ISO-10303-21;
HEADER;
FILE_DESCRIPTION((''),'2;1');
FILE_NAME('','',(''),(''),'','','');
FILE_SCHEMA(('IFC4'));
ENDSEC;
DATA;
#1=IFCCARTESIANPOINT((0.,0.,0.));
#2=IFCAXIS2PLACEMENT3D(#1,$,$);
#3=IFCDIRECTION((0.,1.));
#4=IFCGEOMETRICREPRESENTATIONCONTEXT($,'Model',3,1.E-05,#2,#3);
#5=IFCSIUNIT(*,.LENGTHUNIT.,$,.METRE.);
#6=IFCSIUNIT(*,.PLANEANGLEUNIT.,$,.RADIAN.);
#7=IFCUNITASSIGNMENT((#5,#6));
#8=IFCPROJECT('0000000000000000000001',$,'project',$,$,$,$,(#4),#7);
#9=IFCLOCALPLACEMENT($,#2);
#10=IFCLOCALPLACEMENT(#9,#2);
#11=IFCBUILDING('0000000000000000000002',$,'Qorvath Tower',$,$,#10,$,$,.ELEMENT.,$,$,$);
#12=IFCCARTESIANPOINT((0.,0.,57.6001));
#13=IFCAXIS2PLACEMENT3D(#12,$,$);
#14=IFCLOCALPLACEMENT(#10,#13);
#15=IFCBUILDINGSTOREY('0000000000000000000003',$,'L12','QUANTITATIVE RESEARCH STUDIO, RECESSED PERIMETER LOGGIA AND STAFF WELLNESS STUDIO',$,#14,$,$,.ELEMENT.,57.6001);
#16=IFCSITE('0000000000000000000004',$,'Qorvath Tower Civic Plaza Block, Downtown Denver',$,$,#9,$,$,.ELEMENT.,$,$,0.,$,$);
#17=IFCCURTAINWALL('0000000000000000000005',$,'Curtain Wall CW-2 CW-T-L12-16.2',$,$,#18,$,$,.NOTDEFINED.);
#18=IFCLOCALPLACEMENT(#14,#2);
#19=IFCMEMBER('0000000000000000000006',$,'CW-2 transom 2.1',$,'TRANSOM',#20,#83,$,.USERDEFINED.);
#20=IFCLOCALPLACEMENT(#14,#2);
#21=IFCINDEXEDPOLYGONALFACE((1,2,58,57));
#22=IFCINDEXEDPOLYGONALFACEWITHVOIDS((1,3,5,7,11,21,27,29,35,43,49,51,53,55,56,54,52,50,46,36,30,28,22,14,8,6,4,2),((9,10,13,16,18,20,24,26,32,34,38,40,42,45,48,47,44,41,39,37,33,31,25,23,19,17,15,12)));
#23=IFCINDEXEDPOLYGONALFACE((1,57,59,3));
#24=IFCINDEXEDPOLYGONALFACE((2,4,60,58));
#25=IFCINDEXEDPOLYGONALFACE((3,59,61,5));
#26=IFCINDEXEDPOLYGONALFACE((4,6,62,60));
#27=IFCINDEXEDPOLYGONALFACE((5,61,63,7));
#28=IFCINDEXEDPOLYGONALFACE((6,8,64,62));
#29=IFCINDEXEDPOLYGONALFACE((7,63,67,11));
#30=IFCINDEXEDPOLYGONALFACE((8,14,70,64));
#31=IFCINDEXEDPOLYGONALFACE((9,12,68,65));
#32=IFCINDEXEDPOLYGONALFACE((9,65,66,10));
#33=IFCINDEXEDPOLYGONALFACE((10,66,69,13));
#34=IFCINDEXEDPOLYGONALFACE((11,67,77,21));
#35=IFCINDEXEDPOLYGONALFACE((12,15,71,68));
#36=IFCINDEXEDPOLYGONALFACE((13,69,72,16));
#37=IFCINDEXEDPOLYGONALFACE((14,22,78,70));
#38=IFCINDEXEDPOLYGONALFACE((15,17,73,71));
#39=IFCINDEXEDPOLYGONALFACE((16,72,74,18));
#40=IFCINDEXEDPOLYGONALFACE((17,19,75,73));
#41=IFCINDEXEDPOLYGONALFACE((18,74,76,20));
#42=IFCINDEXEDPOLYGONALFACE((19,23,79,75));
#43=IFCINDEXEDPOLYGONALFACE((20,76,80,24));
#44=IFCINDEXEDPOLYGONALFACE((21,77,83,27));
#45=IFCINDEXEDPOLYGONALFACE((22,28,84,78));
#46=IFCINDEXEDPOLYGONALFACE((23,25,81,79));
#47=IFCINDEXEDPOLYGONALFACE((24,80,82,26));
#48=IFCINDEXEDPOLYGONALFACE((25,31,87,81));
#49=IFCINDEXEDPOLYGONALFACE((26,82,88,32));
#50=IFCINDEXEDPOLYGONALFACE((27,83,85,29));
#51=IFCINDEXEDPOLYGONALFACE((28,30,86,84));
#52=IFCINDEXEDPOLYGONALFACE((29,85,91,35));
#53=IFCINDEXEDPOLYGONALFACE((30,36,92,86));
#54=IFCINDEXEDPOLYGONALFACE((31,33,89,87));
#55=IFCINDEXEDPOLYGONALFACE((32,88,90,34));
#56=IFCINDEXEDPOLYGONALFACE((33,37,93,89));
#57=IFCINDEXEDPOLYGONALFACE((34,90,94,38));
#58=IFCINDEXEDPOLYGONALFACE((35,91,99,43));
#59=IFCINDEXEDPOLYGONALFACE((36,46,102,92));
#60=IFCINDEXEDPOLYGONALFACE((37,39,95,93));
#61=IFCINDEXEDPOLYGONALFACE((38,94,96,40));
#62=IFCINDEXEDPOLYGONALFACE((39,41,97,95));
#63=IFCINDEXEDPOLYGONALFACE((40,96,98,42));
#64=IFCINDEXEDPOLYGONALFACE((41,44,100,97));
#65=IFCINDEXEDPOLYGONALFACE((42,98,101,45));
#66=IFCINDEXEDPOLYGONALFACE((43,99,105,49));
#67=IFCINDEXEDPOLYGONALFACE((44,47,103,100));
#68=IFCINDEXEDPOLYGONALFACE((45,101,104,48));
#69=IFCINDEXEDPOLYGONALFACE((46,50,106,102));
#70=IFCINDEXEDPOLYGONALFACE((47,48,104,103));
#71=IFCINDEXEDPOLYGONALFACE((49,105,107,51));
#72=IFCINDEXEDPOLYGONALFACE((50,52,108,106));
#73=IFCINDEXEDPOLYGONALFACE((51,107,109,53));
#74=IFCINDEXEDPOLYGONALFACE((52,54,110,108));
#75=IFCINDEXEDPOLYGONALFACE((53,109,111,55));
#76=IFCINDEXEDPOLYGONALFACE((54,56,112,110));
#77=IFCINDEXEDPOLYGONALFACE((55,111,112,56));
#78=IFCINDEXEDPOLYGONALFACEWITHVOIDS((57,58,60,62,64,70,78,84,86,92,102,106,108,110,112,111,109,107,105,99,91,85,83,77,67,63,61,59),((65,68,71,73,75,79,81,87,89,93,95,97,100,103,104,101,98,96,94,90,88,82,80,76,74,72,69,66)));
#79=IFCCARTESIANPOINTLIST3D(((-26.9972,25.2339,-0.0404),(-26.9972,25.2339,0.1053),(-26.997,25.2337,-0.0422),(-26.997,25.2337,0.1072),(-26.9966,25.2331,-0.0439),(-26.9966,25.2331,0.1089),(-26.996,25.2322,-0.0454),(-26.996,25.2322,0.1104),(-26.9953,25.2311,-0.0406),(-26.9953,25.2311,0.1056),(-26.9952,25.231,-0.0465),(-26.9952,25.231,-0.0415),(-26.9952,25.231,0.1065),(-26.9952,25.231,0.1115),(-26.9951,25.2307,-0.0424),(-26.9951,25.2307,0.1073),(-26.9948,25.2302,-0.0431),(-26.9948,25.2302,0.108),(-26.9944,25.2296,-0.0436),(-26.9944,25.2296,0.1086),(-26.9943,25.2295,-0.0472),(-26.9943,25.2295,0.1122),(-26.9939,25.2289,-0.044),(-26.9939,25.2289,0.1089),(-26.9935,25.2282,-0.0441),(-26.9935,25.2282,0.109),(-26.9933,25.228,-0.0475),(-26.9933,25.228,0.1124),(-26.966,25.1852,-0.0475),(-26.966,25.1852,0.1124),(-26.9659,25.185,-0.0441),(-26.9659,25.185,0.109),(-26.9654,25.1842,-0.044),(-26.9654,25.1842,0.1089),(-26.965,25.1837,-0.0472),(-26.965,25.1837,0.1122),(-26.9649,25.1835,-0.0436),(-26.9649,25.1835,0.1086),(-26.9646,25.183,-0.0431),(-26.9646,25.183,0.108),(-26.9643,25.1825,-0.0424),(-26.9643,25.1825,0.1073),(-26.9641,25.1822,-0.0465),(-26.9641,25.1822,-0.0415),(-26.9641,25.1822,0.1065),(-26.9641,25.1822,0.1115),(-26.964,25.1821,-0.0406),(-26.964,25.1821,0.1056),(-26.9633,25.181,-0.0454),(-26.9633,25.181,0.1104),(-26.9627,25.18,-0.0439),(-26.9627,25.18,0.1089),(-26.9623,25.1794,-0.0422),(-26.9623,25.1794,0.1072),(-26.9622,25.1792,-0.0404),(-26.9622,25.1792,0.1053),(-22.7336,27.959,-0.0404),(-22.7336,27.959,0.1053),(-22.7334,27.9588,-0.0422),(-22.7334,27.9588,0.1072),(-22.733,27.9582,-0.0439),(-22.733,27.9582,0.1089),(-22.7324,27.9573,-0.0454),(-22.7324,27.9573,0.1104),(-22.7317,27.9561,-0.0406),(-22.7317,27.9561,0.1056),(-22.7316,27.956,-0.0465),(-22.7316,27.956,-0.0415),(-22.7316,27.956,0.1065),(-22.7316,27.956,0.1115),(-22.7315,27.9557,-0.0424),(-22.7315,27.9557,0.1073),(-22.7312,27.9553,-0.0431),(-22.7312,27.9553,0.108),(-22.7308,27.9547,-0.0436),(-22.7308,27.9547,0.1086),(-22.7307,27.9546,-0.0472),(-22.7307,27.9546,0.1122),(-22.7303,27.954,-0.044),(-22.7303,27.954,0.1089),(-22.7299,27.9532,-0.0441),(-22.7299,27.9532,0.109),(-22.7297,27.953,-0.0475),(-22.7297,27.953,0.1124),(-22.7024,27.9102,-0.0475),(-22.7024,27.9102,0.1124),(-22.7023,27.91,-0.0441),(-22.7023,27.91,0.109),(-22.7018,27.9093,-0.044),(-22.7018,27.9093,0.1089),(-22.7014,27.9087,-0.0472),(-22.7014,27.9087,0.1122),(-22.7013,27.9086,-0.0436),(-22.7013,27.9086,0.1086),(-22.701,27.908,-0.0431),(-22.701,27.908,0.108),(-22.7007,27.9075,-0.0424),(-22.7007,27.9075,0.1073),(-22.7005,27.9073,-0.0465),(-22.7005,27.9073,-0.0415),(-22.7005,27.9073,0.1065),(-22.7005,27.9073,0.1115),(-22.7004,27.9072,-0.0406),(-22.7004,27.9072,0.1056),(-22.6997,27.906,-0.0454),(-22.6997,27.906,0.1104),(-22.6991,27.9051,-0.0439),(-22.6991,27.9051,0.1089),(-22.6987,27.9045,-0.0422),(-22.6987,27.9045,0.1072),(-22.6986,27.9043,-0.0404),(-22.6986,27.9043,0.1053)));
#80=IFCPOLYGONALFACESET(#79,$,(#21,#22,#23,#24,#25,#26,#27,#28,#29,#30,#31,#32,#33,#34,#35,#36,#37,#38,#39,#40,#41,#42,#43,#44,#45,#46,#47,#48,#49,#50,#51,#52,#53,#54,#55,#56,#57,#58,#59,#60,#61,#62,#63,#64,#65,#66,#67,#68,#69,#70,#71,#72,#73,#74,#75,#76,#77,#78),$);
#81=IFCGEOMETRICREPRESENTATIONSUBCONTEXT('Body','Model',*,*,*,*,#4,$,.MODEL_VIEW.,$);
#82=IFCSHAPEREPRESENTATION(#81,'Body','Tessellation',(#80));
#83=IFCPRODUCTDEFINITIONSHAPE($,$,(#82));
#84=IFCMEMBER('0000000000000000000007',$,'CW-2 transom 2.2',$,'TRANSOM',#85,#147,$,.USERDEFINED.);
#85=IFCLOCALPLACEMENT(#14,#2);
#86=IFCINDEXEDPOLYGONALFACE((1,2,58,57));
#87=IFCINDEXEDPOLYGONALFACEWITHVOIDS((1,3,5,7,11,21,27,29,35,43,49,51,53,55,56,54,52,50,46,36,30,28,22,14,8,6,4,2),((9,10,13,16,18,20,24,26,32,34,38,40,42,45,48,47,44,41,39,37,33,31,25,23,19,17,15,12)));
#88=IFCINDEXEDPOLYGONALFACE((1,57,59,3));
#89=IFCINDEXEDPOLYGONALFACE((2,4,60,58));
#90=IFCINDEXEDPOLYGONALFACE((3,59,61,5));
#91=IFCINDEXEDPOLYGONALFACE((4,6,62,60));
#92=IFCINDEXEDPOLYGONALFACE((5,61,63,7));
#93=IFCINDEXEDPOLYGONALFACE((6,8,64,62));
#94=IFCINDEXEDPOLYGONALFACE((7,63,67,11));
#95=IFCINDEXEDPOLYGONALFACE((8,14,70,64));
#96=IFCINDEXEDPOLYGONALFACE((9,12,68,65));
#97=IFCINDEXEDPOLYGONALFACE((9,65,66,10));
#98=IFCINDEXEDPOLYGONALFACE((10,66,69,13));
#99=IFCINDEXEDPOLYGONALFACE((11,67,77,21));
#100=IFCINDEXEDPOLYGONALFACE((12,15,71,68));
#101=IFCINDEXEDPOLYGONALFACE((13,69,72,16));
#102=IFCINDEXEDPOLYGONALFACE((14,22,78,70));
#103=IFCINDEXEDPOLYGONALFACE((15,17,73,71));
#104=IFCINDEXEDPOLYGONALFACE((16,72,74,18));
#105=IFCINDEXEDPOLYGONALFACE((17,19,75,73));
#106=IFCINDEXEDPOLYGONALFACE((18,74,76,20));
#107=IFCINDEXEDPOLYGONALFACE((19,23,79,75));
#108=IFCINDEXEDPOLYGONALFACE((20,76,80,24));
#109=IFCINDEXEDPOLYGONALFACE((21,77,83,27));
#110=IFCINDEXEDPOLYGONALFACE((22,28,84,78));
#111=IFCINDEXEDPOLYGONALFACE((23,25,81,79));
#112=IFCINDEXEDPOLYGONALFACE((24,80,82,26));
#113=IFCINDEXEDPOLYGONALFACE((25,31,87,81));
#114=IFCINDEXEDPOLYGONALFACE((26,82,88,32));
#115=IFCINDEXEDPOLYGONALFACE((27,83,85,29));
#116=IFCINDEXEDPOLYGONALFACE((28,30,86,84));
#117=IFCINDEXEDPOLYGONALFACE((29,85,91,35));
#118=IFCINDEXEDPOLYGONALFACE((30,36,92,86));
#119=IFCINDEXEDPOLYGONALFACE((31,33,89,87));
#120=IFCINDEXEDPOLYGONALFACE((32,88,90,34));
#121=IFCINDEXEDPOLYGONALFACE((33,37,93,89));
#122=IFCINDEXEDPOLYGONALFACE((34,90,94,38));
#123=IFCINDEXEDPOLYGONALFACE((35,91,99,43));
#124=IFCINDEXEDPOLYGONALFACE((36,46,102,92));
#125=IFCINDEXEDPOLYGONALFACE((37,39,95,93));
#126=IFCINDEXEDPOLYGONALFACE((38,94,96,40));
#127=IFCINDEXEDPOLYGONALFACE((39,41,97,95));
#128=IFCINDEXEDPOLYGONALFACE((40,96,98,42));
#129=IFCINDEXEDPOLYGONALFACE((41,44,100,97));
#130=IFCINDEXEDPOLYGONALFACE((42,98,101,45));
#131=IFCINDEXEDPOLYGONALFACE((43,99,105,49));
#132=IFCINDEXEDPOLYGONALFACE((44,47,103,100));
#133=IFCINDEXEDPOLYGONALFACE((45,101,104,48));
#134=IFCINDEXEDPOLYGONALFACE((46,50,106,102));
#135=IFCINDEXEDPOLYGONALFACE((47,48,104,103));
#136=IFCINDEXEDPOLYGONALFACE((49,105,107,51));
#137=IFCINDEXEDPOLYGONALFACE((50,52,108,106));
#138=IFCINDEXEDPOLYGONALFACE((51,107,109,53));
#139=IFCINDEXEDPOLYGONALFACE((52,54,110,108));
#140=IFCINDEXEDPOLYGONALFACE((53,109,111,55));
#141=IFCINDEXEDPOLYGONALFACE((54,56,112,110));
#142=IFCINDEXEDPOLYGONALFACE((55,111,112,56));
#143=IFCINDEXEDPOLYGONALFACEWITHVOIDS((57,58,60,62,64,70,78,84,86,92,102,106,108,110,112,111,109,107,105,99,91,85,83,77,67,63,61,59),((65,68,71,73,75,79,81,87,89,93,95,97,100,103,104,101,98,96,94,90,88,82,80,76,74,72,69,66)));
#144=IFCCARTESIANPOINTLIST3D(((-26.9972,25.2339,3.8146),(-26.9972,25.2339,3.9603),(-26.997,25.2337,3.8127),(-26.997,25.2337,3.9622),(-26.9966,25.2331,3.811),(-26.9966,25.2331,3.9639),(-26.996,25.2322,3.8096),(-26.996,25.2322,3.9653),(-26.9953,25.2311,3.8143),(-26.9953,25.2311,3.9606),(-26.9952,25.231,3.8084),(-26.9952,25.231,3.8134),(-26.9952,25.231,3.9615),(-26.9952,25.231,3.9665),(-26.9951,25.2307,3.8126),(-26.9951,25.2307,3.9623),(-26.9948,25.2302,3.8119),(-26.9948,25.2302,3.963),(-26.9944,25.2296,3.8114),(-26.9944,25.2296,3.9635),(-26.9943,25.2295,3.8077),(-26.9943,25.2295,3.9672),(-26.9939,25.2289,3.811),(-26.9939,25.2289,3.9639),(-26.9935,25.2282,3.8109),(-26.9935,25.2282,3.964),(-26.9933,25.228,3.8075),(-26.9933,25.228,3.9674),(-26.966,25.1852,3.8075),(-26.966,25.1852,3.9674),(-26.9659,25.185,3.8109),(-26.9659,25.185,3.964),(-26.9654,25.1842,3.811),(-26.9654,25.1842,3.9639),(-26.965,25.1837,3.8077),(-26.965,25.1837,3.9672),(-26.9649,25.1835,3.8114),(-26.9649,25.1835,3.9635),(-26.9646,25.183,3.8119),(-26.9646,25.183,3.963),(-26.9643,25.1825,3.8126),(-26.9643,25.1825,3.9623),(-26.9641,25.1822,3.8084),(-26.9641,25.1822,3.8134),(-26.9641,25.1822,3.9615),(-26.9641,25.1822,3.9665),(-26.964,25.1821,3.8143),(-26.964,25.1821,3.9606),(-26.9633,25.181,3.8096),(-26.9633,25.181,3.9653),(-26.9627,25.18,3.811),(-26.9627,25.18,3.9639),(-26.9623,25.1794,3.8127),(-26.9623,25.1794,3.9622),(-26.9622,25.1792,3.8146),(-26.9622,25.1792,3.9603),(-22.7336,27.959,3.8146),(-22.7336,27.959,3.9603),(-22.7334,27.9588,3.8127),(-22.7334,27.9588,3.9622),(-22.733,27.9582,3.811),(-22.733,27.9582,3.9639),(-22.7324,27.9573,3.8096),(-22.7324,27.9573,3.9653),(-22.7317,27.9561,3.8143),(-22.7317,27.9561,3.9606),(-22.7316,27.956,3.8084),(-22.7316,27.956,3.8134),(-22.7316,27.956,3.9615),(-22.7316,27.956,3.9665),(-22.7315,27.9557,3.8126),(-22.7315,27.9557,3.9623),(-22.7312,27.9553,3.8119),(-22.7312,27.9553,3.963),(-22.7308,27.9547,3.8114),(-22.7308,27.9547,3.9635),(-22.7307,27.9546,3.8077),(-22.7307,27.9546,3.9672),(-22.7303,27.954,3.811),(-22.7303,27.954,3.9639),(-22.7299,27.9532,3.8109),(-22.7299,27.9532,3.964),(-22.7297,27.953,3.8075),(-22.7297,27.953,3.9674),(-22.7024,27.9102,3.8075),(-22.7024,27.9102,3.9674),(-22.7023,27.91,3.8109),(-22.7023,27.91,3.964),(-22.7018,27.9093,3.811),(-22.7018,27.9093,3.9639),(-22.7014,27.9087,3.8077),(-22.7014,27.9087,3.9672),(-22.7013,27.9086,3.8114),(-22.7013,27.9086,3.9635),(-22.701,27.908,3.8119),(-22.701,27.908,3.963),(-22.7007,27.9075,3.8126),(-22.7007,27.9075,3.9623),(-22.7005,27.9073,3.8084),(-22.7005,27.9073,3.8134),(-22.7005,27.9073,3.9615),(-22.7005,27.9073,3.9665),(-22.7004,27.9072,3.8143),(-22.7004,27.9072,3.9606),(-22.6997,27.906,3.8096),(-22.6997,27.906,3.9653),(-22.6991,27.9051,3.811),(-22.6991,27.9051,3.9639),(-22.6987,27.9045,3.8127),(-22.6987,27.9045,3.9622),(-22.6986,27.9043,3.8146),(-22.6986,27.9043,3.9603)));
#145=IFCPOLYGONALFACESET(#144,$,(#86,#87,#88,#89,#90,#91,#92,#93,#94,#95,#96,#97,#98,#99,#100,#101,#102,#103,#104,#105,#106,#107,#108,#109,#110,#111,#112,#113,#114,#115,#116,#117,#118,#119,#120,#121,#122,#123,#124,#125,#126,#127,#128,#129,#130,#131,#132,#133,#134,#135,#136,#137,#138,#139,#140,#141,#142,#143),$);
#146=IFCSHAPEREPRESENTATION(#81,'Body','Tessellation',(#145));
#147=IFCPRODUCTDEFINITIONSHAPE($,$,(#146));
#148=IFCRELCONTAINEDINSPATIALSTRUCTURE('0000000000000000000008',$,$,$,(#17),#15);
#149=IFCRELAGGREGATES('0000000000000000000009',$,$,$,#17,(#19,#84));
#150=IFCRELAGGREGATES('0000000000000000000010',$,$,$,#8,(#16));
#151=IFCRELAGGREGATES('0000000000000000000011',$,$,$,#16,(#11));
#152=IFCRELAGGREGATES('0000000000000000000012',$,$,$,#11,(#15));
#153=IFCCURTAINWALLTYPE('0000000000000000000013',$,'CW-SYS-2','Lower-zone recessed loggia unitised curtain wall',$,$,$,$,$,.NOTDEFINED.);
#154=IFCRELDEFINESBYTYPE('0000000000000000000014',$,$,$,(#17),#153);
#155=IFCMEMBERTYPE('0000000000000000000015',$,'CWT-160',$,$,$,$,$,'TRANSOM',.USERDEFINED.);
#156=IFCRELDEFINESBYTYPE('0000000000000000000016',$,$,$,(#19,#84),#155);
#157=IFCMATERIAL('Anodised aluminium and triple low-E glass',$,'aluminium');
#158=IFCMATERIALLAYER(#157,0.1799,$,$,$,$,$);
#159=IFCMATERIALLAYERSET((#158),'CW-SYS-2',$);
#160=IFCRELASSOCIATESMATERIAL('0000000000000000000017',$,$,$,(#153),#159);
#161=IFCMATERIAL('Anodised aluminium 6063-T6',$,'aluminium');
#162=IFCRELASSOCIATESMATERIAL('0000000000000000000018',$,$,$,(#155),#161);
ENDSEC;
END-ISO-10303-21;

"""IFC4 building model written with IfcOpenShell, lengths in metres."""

from ifc_helpers import new_model, si_unit, direction, frame, origin, origin_2d, place, context, subcontext, project, spatial, hollow_rectangle, extrude, material, layer, layer_set, material_profile, profile_set, type_object, element, aggregate, save


model = new_model("IFC4")

# Units and contexts
model_context = context("Model", 3, precision=1e-05, world=origin(), true_north=direction((0.0, 1.0)))
body_context = subcontext(model_context, "Body", "Model", "MODEL_VIEW")
ifc_project = project(units=[si_unit("LENGTHUNIT", "METRE"), si_unit("PLANEANGLEUNIT", "RADIAN")], contexts=[model_context])

# Site, building, storey
site_placement = place(None, origin())
site = spatial("IfcSite", under=ifc_project, at=site_placement, Name="Qorvath Tower Civic Plaza Block, Downtown Denver", CompositionType="ELEMENT", RefElevation=0.0)
building_placement = place(site_placement, origin())
building = spatial("IfcBuilding", under=site, at=building_placement, Name="Qorvath Tower", CompositionType="ELEMENT")
storey_placement = place(building_placement, frame((0.0, 0.0, 57.6001)))
storey = spatial("IfcBuildingStorey", under=building, at=storey_placement, Name="L12", Description="QUANTITATIVE RESEARCH STUDIO, RECESSED PERIMETER LOGGIA AND STAFF WELLNESS STUDIO", CompositionType="ELEMENT", Elevation=57.6001)

# Curtain wall, members
ifc_material_1 = material(Name="Anodised aluminium and triple low-E glass", Category="aluminium")
ifc_layer_1 = layer(ifc_material_1, 0.1799)
ifc_layer_set_1 = layer_set([ifc_layer_1], Name="CW-SYS-2")
curtain_wall_type = type_object("IfcCurtainWallType", Name="CW-SYS-2", Description="Lower-zone recessed loggia unitised curtain wall", PredefinedType="NOTDEFINED", material=ifc_layer_set_1)
curtain_wall_placement = place(storey_placement, origin())
curtain_wall = element("IfcCurtainWall", 1, at=curtain_wall_placement, inside=storey, type_object=curtain_wall_type, Name="Curtain Wall CW-2 CW-T-L12-16.2", PredefinedType="NOTDEFINED")
ifc_material_2 = material(Name="Anodised aluminium 6063-T6", Category="aluminium")
ifc_material_profile_1 = material_profile(ifc_material_2, hollow_rectangle(XDim=0.0649, YDim=0.1599, WallThickness=0.0034, InnerFilletRadius=0.0034, OuterFilletRadius=0.0071, at=origin_2d()), Name="CWT 160x65")
ifc_profile_set_1 = profile_set([ifc_material_profile_1], Name="Anodised aluminium 6063-T6")
member_type_1 = type_object("IfcMemberType", Name="CWT-160", ElementType="TRANSOM", PredefinedType="USERDEFINED", material=ifc_profile_set_1)
member_1_placement = place(storey_placement, frame((-22.7161, 27.9316, 0.0325), z_axis=(-0.842599, -0.538542, 0.0), x_axis=(0.538542, -0.842599, 0.0)))
member_1 = element("IfcMember", 2, at=member_1_placement, type_object=member_type_1, Name="CW-2 transom 2.1", ObjectType="TRANSOM", PredefinedType="USERDEFINED", context=body_context, shape_type="SweptSolid", body=[
    extrude(hollow_rectangle(XDim=0.0649, YDim=0.1599, WallThickness=0.0034, InnerFilletRadius=0.0034, OuterFilletRadius=0.0071, at=origin_2d()), origin(), (0.0, 0.0, 1.0), 5.0601),
])
member_2_placement = place(storey_placement, frame((-22.7161, 27.9316, 3.8875), z_axis=(-0.842599, -0.538542, 0.0), x_axis=(0.538542, -0.842599, 0.0)))
member_2 = element("IfcMember", 3, at=member_2_placement, type_object=member_type_1, Name="CW-2 transom 2.2", ObjectType="TRANSOM", PredefinedType="USERDEFINED", context=body_context, shape_type="SweptSolid", body=[
    extrude(hollow_rectangle(XDim=0.0649, YDim=0.1599, WallThickness=0.0034, InnerFilletRadius=0.0034, OuterFilletRadius=0.0071, at=origin_2d()), origin(), (0.0, 0.0, 1.0), 5.0601),
])
aggregate(curtain_wall, [member_1, member_2])

save(model, "model.ifc")
